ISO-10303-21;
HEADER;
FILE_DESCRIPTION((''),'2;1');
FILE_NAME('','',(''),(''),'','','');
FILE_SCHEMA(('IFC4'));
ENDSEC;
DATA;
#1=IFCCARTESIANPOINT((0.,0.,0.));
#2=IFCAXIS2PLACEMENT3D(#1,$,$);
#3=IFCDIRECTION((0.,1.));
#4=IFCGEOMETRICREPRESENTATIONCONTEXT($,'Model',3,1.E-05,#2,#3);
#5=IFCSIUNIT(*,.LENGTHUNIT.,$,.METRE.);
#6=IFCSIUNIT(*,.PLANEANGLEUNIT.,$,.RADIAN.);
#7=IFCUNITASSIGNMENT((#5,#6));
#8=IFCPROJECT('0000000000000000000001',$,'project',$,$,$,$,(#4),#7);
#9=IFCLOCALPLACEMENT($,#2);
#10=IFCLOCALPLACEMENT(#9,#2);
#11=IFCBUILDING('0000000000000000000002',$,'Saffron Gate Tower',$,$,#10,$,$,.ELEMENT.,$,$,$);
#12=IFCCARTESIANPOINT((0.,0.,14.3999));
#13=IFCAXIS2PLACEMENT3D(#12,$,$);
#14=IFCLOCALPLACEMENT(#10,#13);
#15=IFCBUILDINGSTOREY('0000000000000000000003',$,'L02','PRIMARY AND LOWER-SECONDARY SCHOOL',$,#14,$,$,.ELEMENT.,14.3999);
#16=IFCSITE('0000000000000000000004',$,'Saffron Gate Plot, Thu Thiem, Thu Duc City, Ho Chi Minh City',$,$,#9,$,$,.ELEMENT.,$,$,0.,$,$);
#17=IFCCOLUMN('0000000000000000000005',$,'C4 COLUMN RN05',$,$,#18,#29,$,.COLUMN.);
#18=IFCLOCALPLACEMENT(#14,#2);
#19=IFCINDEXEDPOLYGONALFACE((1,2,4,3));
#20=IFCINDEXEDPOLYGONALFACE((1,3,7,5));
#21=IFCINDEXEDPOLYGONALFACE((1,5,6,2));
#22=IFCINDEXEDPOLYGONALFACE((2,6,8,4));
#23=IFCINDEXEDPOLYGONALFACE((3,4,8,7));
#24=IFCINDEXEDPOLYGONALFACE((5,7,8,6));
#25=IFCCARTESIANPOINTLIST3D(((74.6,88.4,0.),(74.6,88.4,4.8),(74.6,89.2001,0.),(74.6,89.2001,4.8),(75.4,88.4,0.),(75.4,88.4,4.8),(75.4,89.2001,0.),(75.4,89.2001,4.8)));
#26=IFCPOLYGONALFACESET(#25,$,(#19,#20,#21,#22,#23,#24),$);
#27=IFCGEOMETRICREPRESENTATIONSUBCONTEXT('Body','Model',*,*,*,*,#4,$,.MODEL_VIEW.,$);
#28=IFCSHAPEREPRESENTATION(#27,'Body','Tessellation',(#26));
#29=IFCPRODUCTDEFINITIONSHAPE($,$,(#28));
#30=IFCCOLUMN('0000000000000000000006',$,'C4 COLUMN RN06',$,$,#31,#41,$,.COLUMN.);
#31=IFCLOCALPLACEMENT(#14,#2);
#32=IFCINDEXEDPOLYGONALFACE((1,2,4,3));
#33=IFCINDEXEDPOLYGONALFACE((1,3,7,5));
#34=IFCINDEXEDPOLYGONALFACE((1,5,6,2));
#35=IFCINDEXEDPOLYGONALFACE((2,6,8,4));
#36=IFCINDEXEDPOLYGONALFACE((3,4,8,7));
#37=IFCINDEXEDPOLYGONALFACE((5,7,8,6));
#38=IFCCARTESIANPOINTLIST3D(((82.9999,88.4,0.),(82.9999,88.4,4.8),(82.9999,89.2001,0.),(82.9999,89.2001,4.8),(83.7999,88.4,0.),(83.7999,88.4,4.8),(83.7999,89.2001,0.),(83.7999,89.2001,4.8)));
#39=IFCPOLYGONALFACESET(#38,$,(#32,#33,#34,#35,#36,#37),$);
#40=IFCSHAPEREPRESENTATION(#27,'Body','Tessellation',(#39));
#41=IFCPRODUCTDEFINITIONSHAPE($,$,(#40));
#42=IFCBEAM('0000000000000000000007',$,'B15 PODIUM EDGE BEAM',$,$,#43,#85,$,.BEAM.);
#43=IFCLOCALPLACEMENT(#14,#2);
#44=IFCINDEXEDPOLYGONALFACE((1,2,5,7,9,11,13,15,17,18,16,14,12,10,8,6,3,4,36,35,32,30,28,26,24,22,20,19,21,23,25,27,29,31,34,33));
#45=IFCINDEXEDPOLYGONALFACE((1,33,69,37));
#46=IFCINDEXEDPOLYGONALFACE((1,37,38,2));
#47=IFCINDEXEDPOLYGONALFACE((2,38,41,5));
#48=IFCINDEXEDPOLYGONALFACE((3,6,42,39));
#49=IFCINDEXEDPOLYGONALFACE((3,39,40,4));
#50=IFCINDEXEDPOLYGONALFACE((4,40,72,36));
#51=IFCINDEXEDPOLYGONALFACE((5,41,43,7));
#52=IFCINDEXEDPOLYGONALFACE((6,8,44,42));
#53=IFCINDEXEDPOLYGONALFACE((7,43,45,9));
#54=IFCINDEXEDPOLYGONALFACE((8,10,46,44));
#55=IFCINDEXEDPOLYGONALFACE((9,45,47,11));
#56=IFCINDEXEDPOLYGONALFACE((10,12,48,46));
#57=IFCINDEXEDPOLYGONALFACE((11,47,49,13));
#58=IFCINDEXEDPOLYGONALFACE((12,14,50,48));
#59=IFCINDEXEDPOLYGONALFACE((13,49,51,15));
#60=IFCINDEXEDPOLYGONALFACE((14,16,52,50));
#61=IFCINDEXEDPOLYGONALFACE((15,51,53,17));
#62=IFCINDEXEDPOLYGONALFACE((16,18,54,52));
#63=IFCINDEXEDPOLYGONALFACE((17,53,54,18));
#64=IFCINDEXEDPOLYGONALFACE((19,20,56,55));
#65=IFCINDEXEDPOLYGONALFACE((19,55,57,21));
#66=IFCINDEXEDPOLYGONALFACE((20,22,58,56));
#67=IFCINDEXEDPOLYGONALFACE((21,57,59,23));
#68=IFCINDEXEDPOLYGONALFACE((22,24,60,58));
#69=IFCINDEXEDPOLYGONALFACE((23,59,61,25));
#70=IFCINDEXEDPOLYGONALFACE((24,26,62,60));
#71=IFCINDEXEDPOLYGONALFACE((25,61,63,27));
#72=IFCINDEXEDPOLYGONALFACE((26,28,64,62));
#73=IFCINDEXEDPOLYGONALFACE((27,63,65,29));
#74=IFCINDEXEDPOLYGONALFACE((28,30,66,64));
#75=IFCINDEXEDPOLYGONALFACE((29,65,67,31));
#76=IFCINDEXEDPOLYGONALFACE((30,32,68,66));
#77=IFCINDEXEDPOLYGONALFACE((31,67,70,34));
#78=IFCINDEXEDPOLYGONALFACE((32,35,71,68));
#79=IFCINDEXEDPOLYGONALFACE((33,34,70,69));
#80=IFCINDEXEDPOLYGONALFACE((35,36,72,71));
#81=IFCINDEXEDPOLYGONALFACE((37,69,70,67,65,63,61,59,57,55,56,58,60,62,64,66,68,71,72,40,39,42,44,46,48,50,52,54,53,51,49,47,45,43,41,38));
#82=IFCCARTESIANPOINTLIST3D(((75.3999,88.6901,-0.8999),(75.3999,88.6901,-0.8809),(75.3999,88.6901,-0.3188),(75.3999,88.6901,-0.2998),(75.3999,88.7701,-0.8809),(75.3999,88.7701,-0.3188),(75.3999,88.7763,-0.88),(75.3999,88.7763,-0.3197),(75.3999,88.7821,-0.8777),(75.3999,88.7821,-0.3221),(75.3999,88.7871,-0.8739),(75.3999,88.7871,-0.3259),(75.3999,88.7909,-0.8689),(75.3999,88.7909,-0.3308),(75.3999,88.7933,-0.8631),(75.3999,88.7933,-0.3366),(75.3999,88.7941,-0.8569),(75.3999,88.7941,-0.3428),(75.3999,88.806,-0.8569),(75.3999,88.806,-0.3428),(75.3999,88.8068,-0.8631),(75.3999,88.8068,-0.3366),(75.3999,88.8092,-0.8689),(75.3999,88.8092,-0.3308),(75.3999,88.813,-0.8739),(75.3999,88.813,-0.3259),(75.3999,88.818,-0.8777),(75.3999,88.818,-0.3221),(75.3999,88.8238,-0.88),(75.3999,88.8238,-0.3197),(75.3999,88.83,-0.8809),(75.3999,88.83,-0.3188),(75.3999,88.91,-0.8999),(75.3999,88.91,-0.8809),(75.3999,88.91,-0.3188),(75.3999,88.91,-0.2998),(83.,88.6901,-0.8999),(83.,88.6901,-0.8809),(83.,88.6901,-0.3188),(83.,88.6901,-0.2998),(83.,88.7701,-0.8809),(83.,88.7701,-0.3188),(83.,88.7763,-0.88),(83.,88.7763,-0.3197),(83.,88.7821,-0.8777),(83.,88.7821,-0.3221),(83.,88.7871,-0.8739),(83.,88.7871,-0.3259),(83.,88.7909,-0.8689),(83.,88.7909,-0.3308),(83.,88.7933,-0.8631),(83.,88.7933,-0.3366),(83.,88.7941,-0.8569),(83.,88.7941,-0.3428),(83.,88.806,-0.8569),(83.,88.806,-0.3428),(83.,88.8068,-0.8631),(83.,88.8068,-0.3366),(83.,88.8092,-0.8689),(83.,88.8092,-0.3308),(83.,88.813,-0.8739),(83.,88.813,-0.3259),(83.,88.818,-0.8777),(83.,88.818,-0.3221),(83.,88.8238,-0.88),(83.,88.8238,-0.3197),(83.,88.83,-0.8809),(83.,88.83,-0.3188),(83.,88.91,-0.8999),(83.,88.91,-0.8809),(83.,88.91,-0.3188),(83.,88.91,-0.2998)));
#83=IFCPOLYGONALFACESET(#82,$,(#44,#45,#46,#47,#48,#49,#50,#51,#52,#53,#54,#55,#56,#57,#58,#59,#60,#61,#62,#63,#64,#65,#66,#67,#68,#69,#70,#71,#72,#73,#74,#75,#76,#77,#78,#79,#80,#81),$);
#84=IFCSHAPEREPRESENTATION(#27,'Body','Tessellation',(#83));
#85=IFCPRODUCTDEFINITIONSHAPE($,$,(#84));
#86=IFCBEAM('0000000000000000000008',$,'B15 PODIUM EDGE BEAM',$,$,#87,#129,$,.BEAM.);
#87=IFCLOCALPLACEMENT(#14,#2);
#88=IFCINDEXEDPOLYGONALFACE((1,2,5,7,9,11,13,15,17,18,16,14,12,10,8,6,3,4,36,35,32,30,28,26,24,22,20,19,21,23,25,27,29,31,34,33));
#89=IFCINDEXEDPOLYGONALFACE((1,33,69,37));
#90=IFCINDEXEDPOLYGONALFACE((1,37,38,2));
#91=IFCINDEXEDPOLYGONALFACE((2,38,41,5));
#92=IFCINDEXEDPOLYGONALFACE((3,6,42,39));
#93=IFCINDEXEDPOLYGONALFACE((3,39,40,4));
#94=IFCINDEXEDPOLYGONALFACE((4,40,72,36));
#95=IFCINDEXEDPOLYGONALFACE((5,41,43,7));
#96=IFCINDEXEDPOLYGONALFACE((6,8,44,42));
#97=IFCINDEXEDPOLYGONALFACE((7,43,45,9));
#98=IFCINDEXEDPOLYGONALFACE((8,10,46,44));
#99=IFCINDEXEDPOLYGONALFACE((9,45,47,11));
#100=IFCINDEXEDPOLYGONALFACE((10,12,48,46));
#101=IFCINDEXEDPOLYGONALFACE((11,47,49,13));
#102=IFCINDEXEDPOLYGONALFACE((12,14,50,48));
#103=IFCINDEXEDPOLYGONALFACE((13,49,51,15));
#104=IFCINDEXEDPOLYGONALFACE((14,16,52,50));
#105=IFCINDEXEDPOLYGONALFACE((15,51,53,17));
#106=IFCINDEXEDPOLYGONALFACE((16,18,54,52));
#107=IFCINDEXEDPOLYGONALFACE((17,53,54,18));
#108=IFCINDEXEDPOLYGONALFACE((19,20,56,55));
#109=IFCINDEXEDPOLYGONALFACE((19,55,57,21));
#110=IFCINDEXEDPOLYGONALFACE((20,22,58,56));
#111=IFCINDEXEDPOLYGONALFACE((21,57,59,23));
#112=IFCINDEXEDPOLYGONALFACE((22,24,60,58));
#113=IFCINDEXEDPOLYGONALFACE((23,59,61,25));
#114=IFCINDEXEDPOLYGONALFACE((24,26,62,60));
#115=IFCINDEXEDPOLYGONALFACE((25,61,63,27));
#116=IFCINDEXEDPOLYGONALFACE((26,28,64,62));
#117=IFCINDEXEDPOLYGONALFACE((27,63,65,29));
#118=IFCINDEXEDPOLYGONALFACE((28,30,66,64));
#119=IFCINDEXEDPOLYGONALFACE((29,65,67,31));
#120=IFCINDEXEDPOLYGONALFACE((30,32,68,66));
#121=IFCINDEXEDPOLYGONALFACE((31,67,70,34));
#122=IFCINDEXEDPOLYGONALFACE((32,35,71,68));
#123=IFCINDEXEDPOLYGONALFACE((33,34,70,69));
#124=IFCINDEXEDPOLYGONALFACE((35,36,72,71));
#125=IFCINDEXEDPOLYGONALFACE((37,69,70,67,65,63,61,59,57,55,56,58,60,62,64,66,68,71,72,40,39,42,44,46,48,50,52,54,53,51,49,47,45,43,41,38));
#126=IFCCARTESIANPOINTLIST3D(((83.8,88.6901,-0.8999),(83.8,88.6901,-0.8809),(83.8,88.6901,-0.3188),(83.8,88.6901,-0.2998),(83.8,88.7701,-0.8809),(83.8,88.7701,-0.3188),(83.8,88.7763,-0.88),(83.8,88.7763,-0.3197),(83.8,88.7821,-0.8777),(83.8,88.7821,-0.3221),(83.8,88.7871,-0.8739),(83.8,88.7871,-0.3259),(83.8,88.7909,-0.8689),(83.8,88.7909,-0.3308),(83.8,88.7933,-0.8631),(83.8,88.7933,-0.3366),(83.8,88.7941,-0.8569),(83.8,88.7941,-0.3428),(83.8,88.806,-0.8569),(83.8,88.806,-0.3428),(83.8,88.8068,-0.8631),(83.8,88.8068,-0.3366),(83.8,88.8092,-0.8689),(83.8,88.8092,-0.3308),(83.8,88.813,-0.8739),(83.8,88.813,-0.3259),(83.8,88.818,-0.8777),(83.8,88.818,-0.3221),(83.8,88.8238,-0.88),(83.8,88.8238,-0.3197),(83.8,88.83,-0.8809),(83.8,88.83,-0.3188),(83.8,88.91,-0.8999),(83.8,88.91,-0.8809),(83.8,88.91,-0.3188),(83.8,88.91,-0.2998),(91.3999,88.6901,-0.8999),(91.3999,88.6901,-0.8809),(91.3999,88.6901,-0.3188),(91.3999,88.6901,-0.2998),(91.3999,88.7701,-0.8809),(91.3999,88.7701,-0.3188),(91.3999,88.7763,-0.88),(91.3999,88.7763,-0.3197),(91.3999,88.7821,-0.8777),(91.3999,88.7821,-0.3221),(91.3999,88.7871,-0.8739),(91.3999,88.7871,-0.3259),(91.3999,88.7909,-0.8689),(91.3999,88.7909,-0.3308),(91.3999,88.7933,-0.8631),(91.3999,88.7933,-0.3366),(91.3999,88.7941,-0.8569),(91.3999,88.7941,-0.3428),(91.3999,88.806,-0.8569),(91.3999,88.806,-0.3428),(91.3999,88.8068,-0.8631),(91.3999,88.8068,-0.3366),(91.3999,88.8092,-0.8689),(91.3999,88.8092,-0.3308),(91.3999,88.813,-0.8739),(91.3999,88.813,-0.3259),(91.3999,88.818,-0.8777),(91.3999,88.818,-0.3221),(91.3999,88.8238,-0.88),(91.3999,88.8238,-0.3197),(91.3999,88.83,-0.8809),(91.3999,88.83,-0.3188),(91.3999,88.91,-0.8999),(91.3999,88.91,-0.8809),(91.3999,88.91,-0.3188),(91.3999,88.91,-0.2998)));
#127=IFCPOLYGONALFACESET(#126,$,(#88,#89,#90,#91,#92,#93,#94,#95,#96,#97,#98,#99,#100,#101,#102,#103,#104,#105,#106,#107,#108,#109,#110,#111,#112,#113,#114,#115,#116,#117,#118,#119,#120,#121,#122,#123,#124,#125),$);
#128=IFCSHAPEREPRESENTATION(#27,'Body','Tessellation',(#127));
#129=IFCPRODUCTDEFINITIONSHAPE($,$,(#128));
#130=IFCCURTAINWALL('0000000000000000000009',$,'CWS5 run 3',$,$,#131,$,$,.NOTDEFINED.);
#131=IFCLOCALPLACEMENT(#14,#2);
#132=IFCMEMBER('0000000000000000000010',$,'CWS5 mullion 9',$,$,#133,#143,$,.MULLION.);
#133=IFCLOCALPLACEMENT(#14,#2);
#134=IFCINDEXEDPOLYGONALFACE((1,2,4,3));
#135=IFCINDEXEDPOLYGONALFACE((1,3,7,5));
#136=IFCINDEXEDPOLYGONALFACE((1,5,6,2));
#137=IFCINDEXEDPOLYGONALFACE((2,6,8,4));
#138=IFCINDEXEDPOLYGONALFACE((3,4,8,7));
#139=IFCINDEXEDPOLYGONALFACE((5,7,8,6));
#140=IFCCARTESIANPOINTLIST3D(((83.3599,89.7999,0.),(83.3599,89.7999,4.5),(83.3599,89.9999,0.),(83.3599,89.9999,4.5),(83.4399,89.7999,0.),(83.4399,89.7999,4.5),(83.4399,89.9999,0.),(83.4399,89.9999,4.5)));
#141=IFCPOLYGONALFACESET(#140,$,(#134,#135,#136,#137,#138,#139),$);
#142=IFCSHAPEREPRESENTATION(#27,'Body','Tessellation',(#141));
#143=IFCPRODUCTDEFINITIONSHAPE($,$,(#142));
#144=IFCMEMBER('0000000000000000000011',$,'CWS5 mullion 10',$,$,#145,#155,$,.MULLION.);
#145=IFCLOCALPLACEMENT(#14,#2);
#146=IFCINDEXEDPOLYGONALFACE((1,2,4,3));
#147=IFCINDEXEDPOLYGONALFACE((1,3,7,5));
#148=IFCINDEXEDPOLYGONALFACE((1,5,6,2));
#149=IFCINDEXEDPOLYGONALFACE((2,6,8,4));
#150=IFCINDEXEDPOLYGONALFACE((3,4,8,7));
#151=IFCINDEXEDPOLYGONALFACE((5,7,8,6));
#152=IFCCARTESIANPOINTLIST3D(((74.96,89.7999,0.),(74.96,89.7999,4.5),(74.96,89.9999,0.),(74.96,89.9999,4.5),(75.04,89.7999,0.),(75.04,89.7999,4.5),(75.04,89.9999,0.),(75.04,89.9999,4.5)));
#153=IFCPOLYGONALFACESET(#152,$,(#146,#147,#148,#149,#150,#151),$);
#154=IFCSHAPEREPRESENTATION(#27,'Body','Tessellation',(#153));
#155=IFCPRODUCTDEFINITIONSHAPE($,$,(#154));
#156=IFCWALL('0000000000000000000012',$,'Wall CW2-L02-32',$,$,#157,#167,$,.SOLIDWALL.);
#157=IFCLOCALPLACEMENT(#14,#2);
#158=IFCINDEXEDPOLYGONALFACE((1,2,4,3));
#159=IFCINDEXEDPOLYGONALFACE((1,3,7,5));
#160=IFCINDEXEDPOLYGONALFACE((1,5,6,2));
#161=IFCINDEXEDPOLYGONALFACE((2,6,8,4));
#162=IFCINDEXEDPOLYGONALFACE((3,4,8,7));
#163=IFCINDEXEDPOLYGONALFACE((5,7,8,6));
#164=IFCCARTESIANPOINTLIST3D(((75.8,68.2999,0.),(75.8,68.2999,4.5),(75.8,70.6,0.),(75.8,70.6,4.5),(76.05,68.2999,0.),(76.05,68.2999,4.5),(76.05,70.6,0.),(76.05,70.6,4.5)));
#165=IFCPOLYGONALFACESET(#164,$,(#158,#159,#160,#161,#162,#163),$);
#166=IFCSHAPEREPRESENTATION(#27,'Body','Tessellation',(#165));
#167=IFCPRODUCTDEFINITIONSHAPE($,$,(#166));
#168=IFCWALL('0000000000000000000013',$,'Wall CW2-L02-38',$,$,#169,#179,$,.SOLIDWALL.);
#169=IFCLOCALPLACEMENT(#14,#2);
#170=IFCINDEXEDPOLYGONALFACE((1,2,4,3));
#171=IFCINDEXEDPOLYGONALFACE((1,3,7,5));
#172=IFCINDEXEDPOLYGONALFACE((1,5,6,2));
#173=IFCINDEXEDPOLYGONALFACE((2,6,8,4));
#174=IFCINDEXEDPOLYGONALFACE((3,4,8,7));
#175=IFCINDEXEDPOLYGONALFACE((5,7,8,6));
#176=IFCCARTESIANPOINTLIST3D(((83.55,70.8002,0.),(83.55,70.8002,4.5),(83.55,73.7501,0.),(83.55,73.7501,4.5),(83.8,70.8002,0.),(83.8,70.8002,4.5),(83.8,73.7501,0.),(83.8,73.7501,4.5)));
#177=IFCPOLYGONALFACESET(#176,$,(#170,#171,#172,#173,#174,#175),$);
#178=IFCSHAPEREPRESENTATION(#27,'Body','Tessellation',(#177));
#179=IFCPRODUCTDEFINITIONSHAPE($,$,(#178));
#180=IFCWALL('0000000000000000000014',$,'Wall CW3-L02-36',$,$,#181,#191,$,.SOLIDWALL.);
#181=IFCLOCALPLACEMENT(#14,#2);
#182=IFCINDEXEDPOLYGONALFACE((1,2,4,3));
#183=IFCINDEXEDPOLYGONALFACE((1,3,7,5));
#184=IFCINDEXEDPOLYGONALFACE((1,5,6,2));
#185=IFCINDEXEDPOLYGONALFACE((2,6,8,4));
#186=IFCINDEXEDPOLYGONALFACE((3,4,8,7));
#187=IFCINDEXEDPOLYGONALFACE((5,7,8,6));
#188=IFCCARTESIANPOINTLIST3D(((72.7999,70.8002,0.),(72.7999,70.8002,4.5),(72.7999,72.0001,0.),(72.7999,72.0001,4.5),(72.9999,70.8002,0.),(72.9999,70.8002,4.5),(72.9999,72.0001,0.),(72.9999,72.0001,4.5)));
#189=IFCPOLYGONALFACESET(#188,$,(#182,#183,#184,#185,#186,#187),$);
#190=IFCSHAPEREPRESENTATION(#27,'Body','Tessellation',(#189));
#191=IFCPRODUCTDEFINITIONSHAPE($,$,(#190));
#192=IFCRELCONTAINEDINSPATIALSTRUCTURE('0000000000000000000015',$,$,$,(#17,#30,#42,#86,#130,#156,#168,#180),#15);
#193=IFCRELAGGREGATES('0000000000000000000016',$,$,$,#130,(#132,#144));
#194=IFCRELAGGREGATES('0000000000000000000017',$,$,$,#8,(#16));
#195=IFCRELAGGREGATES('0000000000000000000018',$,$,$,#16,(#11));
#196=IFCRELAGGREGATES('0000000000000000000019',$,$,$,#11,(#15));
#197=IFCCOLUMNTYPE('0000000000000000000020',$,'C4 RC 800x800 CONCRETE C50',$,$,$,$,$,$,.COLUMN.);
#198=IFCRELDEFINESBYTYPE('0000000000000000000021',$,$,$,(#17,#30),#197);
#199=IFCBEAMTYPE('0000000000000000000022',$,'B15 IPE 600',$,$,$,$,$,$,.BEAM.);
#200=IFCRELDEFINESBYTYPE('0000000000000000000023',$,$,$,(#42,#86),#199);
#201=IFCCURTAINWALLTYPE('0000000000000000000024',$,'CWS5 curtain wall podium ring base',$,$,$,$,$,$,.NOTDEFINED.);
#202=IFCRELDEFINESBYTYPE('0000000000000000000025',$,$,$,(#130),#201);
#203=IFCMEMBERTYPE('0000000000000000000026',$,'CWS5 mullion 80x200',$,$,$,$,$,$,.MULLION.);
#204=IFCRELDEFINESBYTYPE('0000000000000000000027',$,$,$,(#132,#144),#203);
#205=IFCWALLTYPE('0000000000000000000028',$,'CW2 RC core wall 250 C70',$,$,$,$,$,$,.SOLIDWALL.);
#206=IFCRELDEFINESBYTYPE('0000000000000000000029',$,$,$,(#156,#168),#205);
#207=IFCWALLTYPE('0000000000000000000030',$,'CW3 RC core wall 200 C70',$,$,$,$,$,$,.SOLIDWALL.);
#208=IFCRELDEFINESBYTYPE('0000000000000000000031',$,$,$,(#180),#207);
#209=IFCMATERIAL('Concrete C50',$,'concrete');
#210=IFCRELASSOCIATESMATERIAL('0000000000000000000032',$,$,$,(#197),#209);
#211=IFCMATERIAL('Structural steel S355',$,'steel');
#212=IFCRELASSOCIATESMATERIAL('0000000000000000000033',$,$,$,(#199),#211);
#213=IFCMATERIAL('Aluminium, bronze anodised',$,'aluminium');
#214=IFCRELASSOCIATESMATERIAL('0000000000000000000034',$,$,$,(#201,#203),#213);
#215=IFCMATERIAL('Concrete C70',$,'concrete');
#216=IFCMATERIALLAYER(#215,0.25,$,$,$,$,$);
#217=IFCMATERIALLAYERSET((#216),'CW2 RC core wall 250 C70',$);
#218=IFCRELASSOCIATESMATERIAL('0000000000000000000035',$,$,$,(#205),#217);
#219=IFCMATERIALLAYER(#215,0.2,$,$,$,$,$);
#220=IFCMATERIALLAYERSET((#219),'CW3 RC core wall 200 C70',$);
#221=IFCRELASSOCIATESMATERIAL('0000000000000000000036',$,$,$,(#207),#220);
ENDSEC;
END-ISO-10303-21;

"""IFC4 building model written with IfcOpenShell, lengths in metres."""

from ifc_helpers import new_model, si_unit, direction, frame, frame_2d, origin, origin_2d, place, context, subcontext, project, spatial, rectangle, i_section, extrude, material, layer, layer_set, material_profile, profile_set, type_object, element, aggregate, save


model = new_model("IFC4")

# Units and contexts
model_context = context("Model", 3, precision=1e-05, world=origin(), true_north=direction((0.0, 1.0)))
body_context = subcontext(model_context, "Body", "Model", "MODEL_VIEW")
ifc_project = project(units=[si_unit("LENGTHUNIT", "METRE"), si_unit("PLANEANGLEUNIT", "RADIAN")], contexts=[model_context])

# Site, building, storey
site_placement = place(None, origin())
site = spatial("IfcSite", under=ifc_project, at=site_placement, Name="Saffron Gate Plot, Thu Thiem, Thu Duc City, Ho Chi Minh City", CompositionType="ELEMENT", RefElevation=0.0)
building_placement = place(site_placement, origin())
building = spatial("IfcBuilding", under=site, at=building_placement, Name="Saffron Gate Tower", CompositionType="ELEMENT")
storey_placement = place(building_placement, frame((0.0, 0.0, 14.3999)))
storey = spatial("IfcBuildingStorey", under=building, at=storey_placement, Name="L02", Description="PRIMARY AND LOWER-SECONDARY SCHOOL", CompositionType="ELEMENT", Elevation=14.3999)

# Columns
ifc_material_1 = material(Name="Concrete C50", Category="concrete")
ifc_material_profile_1 = material_profile(ifc_material_1, rectangle(XDim=0.8, YDim=0.8, at=origin_2d()))
ifc_profile_set_1 = profile_set([ifc_material_profile_1], Name="Concrete C50")
column_type = type_object("IfcColumnType", Name="C4 RC 800x800 CONCRETE C50", PredefinedType="COLUMN", material=ifc_profile_set_1)
for number, where, z_axis, x_axis, name in (
    (1, (75.0, 88.8, 0.0), (0.0, 0.0, 1.0), (1.0, 0.0, 0.0), "C4 COLUMN RN05"),
    (2, (83.3999, 88.8, 0.0), (0.0, 0.0, 1.0), (1.0, 0.0, 0.0), "C4 COLUMN RN06"),
):
    element("IfcColumn", number, at=place(storey_placement, frame(where, z_axis=z_axis, x_axis=x_axis)), inside=storey, type_object=column_type, Name=name, PredefinedType="COLUMN", context=body_context, shape_type="SweptSolid", body=[
        extrude(rectangle(XDim=0.8, YDim=0.8, at=origin_2d()), origin(), (0.0, 0.0, 1.0), 4.8),
    ])

# Beams
ifc_material_2 = material(Name="Structural steel S355", Category="steel")
ifc_material_profile_2 = material_profile(ifc_material_2, i_section(OverallWidth=0.22, OverallDepth=0.6001, WebThickness=0.012, FlangeThickness=0.019, FilletRadius=0.0239, at=origin_2d()))
ifc_profile_set_2 = profile_set([ifc_material_profile_2], Name="Structural steel S355")
beam_type = type_object("IfcBeamType", Name="B15 IPE 600", PredefinedType="BEAM", material=ifc_profile_set_2)
beam_1_placement = place(storey_placement, frame((75.3999, 88.8, -0.5999), z_axis=(1.0, 0.0, 0.0), x_axis=(0.0, 1.0, 0.0)))
element("IfcBeam", 3, at=beam_1_placement, inside=storey, type_object=beam_type, Name="B15 PODIUM EDGE BEAM", PredefinedType="BEAM", context=body_context, shape_type="SweptSolid", body=[
    extrude(i_section(OverallWidth=0.22, OverallDepth=0.6001, WebThickness=0.012, FlangeThickness=0.019, FilletRadius=0.0239, at=origin_2d()), origin(), (0.0, 0.0, 1.0), 7.6001),
])
beam_2_placement = place(storey_placement, frame((83.8, 88.8, -0.5999), z_axis=(1.0, 0.0, 0.0), x_axis=(0.0, 1.0, 0.0)))
element("IfcBeam", 4, at=beam_2_placement, inside=storey, type_object=beam_type, Name="B15 PODIUM EDGE BEAM", PredefinedType="BEAM", context=body_context, shape_type="SweptSolid", body=[
    extrude(i_section(OverallWidth=0.22, OverallDepth=0.6001, WebThickness=0.012, FlangeThickness=0.019, FilletRadius=0.0239, at=origin_2d()), origin(), (0.0, 0.0, 1.0), 7.5999),
])

# Curtain wall, members
ifc_material_3 = material(Name="Aluminium, bronze anodised", Category="aluminium")
curtain_wall_type = type_object("IfcCurtainWallType", Name="CWS5 curtain wall podium ring base", PredefinedType="NOTDEFINED", material=ifc_material_3)
curtain_wall_placement = place(storey_placement, origin())
curtain_wall = element("IfcCurtainWall", 5, at=curtain_wall_placement, inside=storey, type_object=curtain_wall_type, Name="CWS5 run 3", PredefinedType="NOTDEFINED")
ifc_material_profile_3 = material_profile(ifc_material_3, rectangle(XDim=0.2, YDim=0.0801, at=origin_2d()))
ifc_profile_set_3 = profile_set([ifc_material_profile_3], Name="Aluminium, bronze anodised")
member_type = type_object("IfcMemberType", Name="CWS5 mullion 80x200", PredefinedType="MULLION", material=ifc_profile_set_3)
member_1_placement = place(storey_placement, frame((83.3999, 89.8999, 0.0), z_axis=(0.0, 0.0, 1.0), x_axis=(0.0, -1.0, 0.0)))
member_1 = element("IfcMember", 6, at=member_1_placement, type_object=member_type, Name="CWS5 mullion 9", PredefinedType="MULLION", context=body_context, shape_type="SweptSolid", body=[
    extrude(rectangle(XDim=0.2, YDim=0.0801, at=origin_2d()), origin(), (0.0, 0.0, 1.0), 4.5),
])
member_2_placement = place(storey_placement, frame((75.0, 89.8999, 0.0), z_axis=(0.0, 0.0, 1.0), x_axis=(0.0, -1.0, 0.0)))
member_2 = element("IfcMember", 7, at=member_2_placement, type_object=member_type, Name="CWS5 mullion 10", PredefinedType="MULLION", context=body_context, shape_type="SweptSolid", body=[
    extrude(rectangle(XDim=0.2, YDim=0.0801, at=origin_2d()), origin(), (0.0, 0.0, 1.0), 4.5),
])
aggregate(curtain_wall, [member_1, member_2])

# Walls
ifc_material_4 = material(Name="Concrete C70", Category="concrete")
ifc_layer_1 = layer(ifc_material_4, 0.25)
ifc_layer_set_1 = layer_set([ifc_layer_1], Name="CW2 RC core wall 250 C70")
wall_type_1 = type_object("IfcWallType", Name="CW2 RC core wall 250 C70", PredefinedType="SOLIDWALL", material=ifc_layer_set_1)
wall_1_placement = place(storey_placement, frame((75.925, 68.3, 0.0), z_axis=(0.0, 0.0, 1.0), x_axis=(0.0, 1.0, 0.0)))
element("IfcWall", 8, at=wall_1_placement, inside=storey, type_object=wall_type_1, Name="Wall CW2-L02-32", PredefinedType="SOLIDWALL", context=body_context, shape_type="SweptSolid", body=[
    extrude(rectangle(XDim=2.3, YDim=0.25, at=frame_2d((1.1499, 0.0))), origin(), (0.0, 0.0, 1.0), 4.5),
])
wall_2_placement = place(storey_placement, frame((83.675, 70.8, 0.0), z_axis=(0.0, 0.0, 1.0), x_axis=(0.0, 1.0, 0.0)))
element("IfcWall", 9, at=wall_2_placement, inside=storey, type_object=wall_type_1, Name="Wall CW2-L02-38", PredefinedType="SOLIDWALL", context=body_context, shape_type="SweptSolid", body=[
    extrude(rectangle(XDim=2.95, YDim=0.25, at=frame_2d((1.4751, 0.0))), origin(), (0.0, 0.0, 1.0), 4.5),
])
ifc_layer_2 = layer(ifc_material_4, 0.2)
ifc_layer_set_2 = layer_set([ifc_layer_2], Name="CW3 RC core wall 200 C70")
wall_type_2 = type_object("IfcWallType", Name="CW3 RC core wall 200 C70", PredefinedType="SOLIDWALL", material=ifc_layer_set_2)
wall_3_placement = place(storey_placement, frame((72.8999, 70.8, 0.0), z_axis=(0.0, 0.0, 1.0), x_axis=(0.0, 1.0, 0.0)))
element("IfcWall", 10, at=wall_3_placement, inside=storey, type_object=wall_type_2, Name="Wall CW3-L02-36", PredefinedType="SOLIDWALL", context=body_context, shape_type="SweptSolid", body=[
    extrude(rectangle(XDim=1.2, YDim=0.2, at=frame_2d((0.6001, 0.0))), origin(), (0.0, 0.0, 1.0), 4.5),
])

save(model, "model.ifc")
